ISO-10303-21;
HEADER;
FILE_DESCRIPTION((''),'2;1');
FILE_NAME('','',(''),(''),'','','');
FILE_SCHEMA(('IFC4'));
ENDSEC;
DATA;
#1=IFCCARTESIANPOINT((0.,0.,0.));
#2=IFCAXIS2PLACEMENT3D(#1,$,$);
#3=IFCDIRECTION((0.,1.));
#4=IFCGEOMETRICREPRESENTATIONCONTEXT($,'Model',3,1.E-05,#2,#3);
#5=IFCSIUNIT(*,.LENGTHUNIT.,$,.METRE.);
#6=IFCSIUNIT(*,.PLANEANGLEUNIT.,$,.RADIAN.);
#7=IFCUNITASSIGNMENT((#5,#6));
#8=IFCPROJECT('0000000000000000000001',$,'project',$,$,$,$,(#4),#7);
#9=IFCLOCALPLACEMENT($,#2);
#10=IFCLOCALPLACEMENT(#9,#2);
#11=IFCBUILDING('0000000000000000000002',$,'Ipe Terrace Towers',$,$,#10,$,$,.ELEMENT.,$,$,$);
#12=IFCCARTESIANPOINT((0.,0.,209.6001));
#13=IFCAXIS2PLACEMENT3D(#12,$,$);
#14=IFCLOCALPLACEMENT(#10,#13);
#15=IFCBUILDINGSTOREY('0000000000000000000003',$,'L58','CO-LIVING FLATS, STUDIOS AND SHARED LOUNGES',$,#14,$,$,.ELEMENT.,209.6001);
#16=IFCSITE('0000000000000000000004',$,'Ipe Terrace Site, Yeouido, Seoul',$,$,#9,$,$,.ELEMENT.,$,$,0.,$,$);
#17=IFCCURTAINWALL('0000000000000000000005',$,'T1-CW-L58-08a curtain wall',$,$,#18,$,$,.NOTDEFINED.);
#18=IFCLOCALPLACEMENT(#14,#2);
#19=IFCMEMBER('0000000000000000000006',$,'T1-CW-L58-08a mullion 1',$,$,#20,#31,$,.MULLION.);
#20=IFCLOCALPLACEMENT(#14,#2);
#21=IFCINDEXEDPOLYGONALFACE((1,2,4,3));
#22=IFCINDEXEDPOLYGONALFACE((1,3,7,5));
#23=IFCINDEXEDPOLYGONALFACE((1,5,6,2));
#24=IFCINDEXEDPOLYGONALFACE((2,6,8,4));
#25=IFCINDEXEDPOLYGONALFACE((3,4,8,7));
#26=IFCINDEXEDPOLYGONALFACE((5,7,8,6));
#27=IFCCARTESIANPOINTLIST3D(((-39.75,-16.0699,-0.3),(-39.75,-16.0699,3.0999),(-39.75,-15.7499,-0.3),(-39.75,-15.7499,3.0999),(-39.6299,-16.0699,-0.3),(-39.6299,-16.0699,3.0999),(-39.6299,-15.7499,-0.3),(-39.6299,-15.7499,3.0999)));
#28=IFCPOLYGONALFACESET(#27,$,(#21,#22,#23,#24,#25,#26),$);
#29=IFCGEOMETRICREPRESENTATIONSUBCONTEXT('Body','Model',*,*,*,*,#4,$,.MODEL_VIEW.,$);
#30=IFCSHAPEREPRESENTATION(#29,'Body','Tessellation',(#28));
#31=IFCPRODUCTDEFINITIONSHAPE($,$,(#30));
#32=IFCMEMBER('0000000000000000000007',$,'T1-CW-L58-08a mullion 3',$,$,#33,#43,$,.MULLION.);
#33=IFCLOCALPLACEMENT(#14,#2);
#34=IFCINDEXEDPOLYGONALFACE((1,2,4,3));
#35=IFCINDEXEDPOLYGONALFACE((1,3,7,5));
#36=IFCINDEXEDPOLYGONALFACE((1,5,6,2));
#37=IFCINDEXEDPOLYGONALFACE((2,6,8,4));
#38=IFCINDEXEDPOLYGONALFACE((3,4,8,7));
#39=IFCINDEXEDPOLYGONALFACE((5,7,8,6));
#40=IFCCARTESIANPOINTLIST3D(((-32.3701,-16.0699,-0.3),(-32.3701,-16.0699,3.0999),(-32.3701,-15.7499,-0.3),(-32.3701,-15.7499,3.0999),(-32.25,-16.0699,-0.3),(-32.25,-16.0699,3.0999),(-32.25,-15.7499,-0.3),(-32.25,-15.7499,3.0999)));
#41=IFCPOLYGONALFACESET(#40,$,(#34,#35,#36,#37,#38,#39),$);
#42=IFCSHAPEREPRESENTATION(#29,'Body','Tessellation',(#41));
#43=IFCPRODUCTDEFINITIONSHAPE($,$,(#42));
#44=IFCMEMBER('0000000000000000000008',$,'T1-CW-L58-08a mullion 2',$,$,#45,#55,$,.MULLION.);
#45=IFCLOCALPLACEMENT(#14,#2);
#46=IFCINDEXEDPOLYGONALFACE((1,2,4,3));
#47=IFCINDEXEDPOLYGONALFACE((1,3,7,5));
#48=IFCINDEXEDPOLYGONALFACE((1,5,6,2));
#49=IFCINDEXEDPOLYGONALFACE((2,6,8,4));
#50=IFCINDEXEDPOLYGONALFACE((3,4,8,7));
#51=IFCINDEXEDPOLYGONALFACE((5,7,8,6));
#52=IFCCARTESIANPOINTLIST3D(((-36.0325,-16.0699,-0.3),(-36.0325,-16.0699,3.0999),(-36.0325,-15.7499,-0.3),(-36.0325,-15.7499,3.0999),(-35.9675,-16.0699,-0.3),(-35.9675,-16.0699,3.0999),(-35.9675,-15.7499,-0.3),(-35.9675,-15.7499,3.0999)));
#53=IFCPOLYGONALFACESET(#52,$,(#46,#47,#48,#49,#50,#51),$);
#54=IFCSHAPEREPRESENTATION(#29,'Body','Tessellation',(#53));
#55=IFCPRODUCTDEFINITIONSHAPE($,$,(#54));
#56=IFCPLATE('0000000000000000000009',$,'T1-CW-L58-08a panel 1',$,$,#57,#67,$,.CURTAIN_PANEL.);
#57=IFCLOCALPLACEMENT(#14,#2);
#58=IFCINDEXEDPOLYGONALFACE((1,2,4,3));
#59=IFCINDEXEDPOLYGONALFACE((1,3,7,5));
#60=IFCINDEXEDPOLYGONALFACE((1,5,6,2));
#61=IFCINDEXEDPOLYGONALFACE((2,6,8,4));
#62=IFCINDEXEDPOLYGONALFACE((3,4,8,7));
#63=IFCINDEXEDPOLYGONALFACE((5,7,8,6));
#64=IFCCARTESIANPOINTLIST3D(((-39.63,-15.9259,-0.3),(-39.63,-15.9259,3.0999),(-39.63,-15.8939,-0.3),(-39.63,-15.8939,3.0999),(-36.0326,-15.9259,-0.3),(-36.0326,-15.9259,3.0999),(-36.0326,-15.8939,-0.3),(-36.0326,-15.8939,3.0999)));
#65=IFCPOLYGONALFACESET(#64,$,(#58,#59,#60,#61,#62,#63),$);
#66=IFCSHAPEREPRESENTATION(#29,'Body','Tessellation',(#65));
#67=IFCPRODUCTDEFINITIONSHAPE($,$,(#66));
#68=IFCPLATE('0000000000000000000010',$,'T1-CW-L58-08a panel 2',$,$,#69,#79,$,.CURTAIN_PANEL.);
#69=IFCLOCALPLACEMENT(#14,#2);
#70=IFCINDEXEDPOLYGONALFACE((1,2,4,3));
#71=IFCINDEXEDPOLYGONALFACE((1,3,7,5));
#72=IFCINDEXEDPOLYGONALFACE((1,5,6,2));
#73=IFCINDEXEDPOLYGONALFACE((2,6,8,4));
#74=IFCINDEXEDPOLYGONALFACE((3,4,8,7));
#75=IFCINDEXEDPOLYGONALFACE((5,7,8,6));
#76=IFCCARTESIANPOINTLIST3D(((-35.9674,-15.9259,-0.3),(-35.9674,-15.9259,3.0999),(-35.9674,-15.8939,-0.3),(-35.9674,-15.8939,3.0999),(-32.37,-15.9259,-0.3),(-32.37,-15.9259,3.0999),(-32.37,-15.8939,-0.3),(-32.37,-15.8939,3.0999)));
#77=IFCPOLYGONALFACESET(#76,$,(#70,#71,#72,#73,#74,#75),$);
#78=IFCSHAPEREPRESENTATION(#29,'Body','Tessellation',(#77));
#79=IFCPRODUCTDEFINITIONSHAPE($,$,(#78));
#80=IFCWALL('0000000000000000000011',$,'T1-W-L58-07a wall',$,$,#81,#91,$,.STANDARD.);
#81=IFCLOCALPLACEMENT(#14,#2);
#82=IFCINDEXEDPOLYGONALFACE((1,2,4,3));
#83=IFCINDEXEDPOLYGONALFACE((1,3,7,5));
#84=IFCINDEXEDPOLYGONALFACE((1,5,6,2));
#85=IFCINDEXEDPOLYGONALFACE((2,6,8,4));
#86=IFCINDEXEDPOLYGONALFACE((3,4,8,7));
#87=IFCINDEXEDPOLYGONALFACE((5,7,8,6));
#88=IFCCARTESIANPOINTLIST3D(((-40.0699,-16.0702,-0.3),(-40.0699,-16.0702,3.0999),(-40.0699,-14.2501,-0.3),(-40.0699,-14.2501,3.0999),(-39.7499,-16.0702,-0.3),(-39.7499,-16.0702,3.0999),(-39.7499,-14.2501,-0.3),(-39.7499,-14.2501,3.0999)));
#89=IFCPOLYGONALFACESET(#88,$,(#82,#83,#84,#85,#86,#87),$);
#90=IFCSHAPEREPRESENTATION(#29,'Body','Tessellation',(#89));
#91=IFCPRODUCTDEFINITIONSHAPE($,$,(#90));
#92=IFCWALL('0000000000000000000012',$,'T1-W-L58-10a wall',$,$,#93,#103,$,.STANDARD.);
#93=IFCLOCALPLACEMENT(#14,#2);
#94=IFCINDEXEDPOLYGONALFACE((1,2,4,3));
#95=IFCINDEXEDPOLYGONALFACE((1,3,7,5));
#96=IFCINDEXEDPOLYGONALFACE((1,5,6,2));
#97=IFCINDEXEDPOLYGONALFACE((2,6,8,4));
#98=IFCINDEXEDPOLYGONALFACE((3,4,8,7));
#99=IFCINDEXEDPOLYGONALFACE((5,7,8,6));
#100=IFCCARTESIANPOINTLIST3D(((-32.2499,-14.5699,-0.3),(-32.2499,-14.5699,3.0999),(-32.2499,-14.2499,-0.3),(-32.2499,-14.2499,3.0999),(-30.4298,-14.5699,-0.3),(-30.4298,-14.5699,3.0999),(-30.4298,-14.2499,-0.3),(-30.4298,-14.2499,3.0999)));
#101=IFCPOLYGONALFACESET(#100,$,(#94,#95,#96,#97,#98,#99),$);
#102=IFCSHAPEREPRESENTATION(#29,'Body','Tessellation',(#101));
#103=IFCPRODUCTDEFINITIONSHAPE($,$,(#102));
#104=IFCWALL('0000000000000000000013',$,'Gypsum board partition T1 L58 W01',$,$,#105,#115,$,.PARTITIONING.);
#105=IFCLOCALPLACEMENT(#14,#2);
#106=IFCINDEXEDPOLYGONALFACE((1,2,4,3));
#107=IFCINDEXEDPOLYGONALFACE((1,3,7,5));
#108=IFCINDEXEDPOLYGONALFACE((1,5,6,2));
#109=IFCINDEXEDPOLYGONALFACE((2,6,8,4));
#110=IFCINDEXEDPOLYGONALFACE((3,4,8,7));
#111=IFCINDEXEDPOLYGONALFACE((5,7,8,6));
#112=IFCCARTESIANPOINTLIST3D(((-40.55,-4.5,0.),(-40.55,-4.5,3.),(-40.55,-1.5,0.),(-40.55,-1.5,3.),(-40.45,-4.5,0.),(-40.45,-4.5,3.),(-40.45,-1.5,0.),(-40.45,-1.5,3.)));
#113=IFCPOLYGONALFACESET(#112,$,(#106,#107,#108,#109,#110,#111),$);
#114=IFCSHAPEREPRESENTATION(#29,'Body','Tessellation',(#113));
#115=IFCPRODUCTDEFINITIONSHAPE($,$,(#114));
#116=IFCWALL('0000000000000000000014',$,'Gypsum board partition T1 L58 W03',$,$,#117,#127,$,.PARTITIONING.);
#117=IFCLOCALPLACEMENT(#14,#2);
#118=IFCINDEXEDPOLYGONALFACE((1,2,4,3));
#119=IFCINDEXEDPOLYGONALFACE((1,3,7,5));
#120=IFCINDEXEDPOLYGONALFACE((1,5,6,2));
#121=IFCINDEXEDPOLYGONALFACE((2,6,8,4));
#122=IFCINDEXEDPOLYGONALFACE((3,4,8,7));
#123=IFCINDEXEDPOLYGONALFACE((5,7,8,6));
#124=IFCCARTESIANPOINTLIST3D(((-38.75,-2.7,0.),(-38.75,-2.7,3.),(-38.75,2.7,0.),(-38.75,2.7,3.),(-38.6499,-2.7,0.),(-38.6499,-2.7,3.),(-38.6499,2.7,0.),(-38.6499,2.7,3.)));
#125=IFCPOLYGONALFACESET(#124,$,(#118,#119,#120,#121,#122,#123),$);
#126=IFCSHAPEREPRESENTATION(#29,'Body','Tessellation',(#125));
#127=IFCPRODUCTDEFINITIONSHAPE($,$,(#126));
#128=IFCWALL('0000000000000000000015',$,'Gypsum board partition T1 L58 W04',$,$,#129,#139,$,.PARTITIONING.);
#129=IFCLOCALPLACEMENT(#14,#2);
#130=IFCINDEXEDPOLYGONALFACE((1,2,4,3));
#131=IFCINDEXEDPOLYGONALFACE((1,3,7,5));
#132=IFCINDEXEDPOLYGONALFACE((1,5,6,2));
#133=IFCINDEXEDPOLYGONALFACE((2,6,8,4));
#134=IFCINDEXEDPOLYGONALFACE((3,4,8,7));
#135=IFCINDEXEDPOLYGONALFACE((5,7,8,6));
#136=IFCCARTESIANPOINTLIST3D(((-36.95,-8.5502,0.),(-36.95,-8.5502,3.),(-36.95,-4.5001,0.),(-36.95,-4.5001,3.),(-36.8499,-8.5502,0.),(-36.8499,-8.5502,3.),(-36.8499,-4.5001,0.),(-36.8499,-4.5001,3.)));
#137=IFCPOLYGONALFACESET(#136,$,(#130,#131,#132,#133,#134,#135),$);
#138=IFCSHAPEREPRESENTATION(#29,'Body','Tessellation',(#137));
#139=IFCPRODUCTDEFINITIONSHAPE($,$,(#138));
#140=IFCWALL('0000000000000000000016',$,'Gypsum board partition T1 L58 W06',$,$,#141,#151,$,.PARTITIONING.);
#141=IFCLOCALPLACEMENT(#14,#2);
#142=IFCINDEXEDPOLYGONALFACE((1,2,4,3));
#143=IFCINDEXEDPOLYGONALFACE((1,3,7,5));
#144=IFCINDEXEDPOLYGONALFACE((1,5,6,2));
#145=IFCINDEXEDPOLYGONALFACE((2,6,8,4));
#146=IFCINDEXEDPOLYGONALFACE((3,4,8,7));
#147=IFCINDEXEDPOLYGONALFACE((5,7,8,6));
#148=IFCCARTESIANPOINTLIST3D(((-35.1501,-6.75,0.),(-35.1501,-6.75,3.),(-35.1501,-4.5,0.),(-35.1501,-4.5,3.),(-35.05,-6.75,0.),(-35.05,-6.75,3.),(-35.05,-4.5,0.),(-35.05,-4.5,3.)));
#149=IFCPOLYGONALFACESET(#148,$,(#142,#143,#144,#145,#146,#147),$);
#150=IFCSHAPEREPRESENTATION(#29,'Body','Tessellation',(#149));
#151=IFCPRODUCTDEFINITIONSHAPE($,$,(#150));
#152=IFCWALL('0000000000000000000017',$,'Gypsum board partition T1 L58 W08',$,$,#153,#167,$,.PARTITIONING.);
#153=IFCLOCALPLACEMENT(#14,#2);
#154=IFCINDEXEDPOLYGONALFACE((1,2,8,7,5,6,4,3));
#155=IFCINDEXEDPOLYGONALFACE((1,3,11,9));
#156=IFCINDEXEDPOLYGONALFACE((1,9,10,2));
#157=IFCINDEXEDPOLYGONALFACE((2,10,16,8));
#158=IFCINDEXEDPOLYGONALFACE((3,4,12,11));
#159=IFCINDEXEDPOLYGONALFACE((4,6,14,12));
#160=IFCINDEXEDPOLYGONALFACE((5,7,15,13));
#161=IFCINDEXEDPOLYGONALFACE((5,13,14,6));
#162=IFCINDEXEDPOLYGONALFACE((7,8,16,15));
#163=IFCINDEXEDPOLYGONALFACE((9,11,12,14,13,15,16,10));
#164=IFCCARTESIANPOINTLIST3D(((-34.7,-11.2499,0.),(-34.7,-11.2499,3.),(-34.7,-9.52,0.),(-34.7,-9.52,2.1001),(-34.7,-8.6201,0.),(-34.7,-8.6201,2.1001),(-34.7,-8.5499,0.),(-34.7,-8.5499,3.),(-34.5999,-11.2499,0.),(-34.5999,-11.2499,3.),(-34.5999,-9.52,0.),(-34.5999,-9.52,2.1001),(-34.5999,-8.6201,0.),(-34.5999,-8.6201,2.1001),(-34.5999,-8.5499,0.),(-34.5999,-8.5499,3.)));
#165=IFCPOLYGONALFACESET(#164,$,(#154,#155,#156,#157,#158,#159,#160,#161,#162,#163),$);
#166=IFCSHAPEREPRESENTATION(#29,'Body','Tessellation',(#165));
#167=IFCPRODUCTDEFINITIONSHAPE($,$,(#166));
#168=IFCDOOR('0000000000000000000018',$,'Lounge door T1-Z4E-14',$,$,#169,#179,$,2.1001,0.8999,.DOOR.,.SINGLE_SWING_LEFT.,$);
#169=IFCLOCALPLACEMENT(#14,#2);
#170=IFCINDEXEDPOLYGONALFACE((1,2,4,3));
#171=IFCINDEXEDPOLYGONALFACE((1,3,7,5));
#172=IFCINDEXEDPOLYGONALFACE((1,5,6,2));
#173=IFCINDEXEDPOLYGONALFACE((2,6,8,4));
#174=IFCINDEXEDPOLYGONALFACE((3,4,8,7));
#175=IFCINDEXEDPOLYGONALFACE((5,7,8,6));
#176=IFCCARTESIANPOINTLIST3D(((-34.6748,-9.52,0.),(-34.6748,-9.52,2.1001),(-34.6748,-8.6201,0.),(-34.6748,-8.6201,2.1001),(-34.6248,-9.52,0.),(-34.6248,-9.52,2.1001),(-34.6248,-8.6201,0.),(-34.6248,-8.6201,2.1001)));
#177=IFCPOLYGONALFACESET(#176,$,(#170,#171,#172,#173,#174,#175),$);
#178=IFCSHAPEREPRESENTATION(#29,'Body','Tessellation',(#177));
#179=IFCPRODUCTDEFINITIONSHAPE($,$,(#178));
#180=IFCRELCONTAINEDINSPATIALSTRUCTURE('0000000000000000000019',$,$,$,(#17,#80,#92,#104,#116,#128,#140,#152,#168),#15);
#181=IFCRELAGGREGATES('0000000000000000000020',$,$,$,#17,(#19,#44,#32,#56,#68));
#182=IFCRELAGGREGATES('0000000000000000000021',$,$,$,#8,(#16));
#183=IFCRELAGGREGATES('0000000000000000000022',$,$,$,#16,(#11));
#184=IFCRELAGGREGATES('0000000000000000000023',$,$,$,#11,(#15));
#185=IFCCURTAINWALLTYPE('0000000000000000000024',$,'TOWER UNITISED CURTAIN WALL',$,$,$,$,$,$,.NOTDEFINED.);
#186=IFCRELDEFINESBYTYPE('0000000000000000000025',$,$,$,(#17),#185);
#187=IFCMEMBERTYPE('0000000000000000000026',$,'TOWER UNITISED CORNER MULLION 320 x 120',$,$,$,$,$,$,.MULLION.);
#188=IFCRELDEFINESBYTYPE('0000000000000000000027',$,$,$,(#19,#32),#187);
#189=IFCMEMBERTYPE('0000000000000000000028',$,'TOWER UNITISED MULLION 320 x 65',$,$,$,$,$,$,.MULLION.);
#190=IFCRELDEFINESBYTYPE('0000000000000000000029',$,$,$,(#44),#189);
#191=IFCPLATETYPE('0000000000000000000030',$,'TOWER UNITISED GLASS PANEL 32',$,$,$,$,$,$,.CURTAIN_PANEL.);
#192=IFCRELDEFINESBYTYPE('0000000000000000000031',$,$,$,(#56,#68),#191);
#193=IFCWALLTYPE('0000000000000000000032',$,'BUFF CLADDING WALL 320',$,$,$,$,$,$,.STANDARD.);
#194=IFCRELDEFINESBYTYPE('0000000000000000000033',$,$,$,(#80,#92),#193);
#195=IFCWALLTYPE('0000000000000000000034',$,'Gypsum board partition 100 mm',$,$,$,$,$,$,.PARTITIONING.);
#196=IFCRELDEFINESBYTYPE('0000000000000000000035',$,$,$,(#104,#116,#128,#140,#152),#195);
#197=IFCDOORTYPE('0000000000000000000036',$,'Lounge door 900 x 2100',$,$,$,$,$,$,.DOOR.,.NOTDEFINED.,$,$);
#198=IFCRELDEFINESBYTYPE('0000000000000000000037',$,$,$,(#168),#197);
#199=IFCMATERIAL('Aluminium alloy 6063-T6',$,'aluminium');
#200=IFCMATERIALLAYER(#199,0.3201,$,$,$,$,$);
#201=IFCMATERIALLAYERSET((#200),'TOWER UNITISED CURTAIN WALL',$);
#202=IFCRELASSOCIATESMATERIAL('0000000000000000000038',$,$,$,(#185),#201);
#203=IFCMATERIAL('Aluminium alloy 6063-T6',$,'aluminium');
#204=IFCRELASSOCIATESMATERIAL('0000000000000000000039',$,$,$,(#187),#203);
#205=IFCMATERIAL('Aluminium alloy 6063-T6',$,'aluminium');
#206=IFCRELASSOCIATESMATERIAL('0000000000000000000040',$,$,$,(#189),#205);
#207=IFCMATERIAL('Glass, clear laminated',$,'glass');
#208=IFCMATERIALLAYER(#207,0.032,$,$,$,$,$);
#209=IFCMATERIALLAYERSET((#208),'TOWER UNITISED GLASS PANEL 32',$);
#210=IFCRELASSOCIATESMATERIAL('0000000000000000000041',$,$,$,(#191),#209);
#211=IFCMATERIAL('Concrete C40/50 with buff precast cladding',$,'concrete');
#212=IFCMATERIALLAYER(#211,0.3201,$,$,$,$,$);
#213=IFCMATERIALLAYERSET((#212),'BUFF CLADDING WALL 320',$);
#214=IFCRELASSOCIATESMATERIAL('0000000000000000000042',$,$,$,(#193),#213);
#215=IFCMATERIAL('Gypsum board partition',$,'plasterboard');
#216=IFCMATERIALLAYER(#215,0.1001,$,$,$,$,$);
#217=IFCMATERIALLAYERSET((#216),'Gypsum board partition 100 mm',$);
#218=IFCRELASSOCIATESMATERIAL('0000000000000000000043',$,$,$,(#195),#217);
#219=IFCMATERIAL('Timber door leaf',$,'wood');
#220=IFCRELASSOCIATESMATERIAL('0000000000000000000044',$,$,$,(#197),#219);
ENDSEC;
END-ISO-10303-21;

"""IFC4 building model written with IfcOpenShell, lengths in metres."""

from ifc_helpers import new_model, si_unit, direction, frame, frame_2d, origin, origin_2d, place, context, subcontext, project, spatial, rectangle, extrude, material, layer, layer_set, material_profile, profile_set, type_object, element, fill, aggregate, save


model = new_model("IFC4")

# Units and contexts
model_context = context("Model", 3, precision=1e-05, world=origin(), true_north=direction((0.0, 1.0)))
body_context = subcontext(model_context, "Body", "Model", "MODEL_VIEW")
ifc_project = project(units=[si_unit("LENGTHUNIT", "METRE"), si_unit("PLANEANGLEUNIT", "RADIAN")], contexts=[model_context])

# Site, building, storey
site_placement = place(None, origin())
site = spatial("IfcSite", under=ifc_project, at=site_placement, Name="Ipe Terrace Site, Yeouido, Seoul", CompositionType="ELEMENT", RefElevation=0.0)
building_placement = place(site_placement, origin())
building = spatial("IfcBuilding", under=site, at=building_placement, Name="Ipe Terrace Towers", CompositionType="ELEMENT")
storey_placement = place(building_placement, frame((0.0, 0.0, 209.6001)))
storey = spatial("IfcBuildingStorey", under=building, at=storey_placement, Name="L58", Description="CO-LIVING FLATS, STUDIOS AND SHARED LOUNGES", CompositionType="ELEMENT", Elevation=209.6001)

# Curtain wall, members, plates
ifc_material_1 = material(Name="Aluminium alloy 6063-T6", Category="aluminium")
ifc_layer_1 = layer(ifc_material_1, 0.3201)
ifc_layer_set_1 = layer_set([ifc_layer_1], Name="TOWER UNITISED CURTAIN WALL")
curtain_wall_type = type_object("IfcCurtainWallType", Name="TOWER UNITISED CURTAIN WALL", PredefinedType="NOTDEFINED", material=ifc_layer_set_1)
curtain_wall_placement = place(storey_placement, origin())
curtain_wall = element("IfcCurtainWall", 1, at=curtain_wall_placement, inside=storey, type_object=curtain_wall_type, Name="T1-CW-L58-08a curtain wall", PredefinedType="NOTDEFINED")
ifc_material_2 = material(Name="Aluminium alloy 6063-T6", Category="aluminium")
ifc_material_profile_1 = material_profile(ifc_material_2, rectangle(XDim=0.3201, YDim=0.1201, at=origin_2d()), Name="TOWER UNITISED CORNER MULLION 320 x 120")
ifc_profile_set_1 = profile_set([ifc_material_profile_1], Name="Aluminium alloy 6063-T6")
member_type_1 = type_object("IfcMemberType", Name="TOWER UNITISED CORNER MULLION 320 x 120", PredefinedType="MULLION", material=ifc_profile_set_1)
member_1_placement = place(storey_placement, frame((-39.6899, -15.9099, -0.3), z_axis=(0.0, 0.0, 1.0), x_axis=(0.0, -1.0, 0.0)))
member_1 = element("IfcMember", 2, at=member_1_placement, type_object=member_type_1, Name="T1-CW-L58-08a mullion 1", PredefinedType="MULLION", context=body_context, shape_type="SweptSolid", body=[
    extrude(rectangle(XDim=0.3201, YDim=0.1201, at=origin_2d()), origin(), (0.0, 0.0, 1.0), 3.3999),
])
member_2_placement = place(storey_placement, frame((-32.3101, -15.9099, -0.3), z_axis=(0.0, 0.0, 1.0), x_axis=(0.0, -1.0, 0.0)))
member_2 = element("IfcMember", 3, at=member_2_placement, type_object=member_type_1, Name="T1-CW-L58-08a mullion 3", PredefinedType="MULLION", context=body_context, shape_type="SweptSolid", body=[
    extrude(rectangle(XDim=0.3201, YDim=0.1201, at=origin_2d()), origin(), (0.0, 0.0, 1.0), 3.3999),
])
ifc_material_3 = material(Name="Aluminium alloy 6063-T6", Category="aluminium")
ifc_material_profile_2 = material_profile(ifc_material_3, rectangle(XDim=0.3201, YDim=0.0649, at=origin_2d()), Name="TOWER UNITISED MULLION 320 x 65")
ifc_profile_set_2 = profile_set([ifc_material_profile_2], Name="Aluminium alloy 6063-T6")
member_type_2 = type_object("IfcMemberType", Name="TOWER UNITISED MULLION 320 x 65", PredefinedType="MULLION", material=ifc_profile_set_2)
member_3_placement = place(storey_placement, frame((-36.0, -15.9099, -0.3), z_axis=(0.0, 0.0, 1.0), x_axis=(0.0, -1.0, 0.0)))
member_3 = element("IfcMember", 4, at=member_3_placement, type_object=member_type_2, Name="T1-CW-L58-08a mullion 2", PredefinedType="MULLION", context=body_context, shape_type="SweptSolid", body=[
    extrude(rectangle(XDim=0.3201, YDim=0.0649, at=origin_2d()), origin(), (0.0, 0.0, 1.0), 3.3999),
])
ifc_material_4 = material(Name="Glass, clear laminated", Category="glass")
ifc_layer_2 = layer(ifc_material_4, 0.032)
ifc_layer_set_2 = layer_set([ifc_layer_2], Name="TOWER UNITISED GLASS PANEL 32")
plate_type = type_object("IfcPlateType", Name="TOWER UNITISED GLASS PANEL 32", PredefinedType="CURTAIN_PANEL", material=ifc_layer_set_2)
plate_1_placement = place(storey_placement, frame((-37.8313, -15.9099, -0.3), z_axis=(0.0, 0.0, 1.0), x_axis=(1.0, 0.0, 0.0)))
plate_1 = element("IfcPlate", 5, at=plate_1_placement, type_object=plate_type, Name="T1-CW-L58-08a panel 1", PredefinedType="CURTAIN_PANEL", context=body_context, shape_type="SweptSolid", body=[
    extrude(rectangle(XDim=3.5974, YDim=0.032, at=origin_2d()), origin(), (0.0, 0.0, 1.0), 3.3999),
])
plate_2_placement = place(storey_placement, frame((-34.1687, -15.9099, -0.3), z_axis=(0.0, 0.0, 1.0), x_axis=(1.0, 0.0, 0.0)))
plate_2 = element("IfcPlate", 6, at=plate_2_placement, type_object=plate_type, Name="T1-CW-L58-08a panel 2", PredefinedType="CURTAIN_PANEL", context=body_context, shape_type="SweptSolid", body=[
    extrude(rectangle(XDim=3.5974, YDim=0.032, at=origin_2d()), origin(), (0.0, 0.0, 1.0), 3.3999),
])
aggregate(curtain_wall, [member_1, member_3, member_2, plate_1, plate_2])

# Walls
ifc_material_5 = material(Name="Concrete C40/50 with buff precast cladding", Category="concrete")
ifc_layer_3 = layer(ifc_material_5, 0.3201)
ifc_layer_set_3 = layer_set([ifc_layer_3], Name="BUFF CLADDING WALL 320")
wall_type_1 = type_object("IfcWallType", Name="BUFF CLADDING WALL 320", PredefinedType="STANDARD", material=ifc_layer_set_3)
for number, where, z_axis, x_axis, name in (
    (7, (-39.9099, -14.25, -0.3), (0.0, 0.0, 1.0), (0.0, -1.0, 0.0), "T1-W-L58-07a wall"),
    (8, (-32.25, -14.4099, -0.3), (0.0, 0.0, 1.0), (1.0, 0.0, 0.0), "T1-W-L58-10a wall"),
):
    element("IfcWall", number, at=place(storey_placement, frame(where, z_axis=z_axis, x_axis=x_axis)), inside=storey, type_object=wall_type_1, Name=name, PredefinedType="STANDARD", context=body_context, shape_type="SweptSolid", body=[
        extrude(rectangle(XDim=1.8201, YDim=0.3201, at=frame_2d((0.9102, 0.0))), origin(), (0.0, 0.0, 1.0), 3.3999),
    ])
ifc_material_6 = material(Name="Gypsum board partition", Category="plasterboard")
ifc_layer_4 = layer(ifc_material_6, 0.1001)
ifc_layer_set_4 = layer_set([ifc_layer_4], Name="Gypsum board partition 100 mm")
wall_type_2 = type_object("IfcWallType", Name="Gypsum board partition 100 mm", PredefinedType="PARTITIONING", material=ifc_layer_set_4)
wall_1_placement = place(storey_placement, frame((-40.5, -4.5, 0.0), z_axis=(0.0, 0.0, 1.0), x_axis=(0.0, 1.0, 0.0)))
element("IfcWall", 9, at=wall_1_placement, inside=storey, type_object=wall_type_2, Name="Gypsum board partition T1 L58 W01", PredefinedType="PARTITIONING", context=body_context, shape_type="SweptSolid", body=[
    extrude(rectangle(XDim=3.0, YDim=0.1001, at=frame_2d((1.5, 0.0))), origin(), (0.0, 0.0, 1.0), 3.0),
])
wall_2_placement = place(storey_placement, frame((-38.7, -2.7, 0.0), z_axis=(0.0, 0.0, 1.0), x_axis=(0.0, 1.0, 0.0)))
element("IfcWall", 10, at=wall_2_placement, inside=storey, type_object=wall_type_2, Name="Gypsum board partition T1 L58 W03", PredefinedType="PARTITIONING", context=body_context, shape_type="SweptSolid", body=[
    extrude(rectangle(XDim=5.3999, YDim=0.1001, at=frame_2d((2.7, 0.0))), origin(), (0.0, 0.0, 1.0), 3.0),
])
wall_3_placement = place(storey_placement, frame((-36.8999, -8.55, 0.0), z_axis=(0.0, 0.0, 1.0), x_axis=(0.0, 1.0, 0.0)))
element("IfcWall", 11, at=wall_3_placement, inside=storey, type_object=wall_type_2, Name="Gypsum board partition T1 L58 W04", PredefinedType="PARTITIONING", context=body_context, shape_type="SweptSolid", body=[
    extrude(rectangle(XDim=4.05, YDim=0.1001, at=frame_2d((2.0249, 0.0))), origin(), (0.0, 0.0, 1.0), 3.0),
])
wall_4_placement = place(storey_placement, frame((-35.1001, -6.75, 0.0), z_axis=(0.0, 0.0, 1.0), x_axis=(0.0, 1.0, 0.0)))
element("IfcWall", 12, at=wall_4_placement, inside=storey, type_object=wall_type_2, Name="Gypsum board partition T1 L58 W06", PredefinedType="PARTITIONING", context=body_context, shape_type="SweptSolid", body=[
    extrude(rectangle(XDim=2.25, YDim=0.1001, at=frame_2d((1.125, 0.0))), origin(), (0.0, 0.0, 1.0), 3.0),
])

# Wall, opening, door
wall_5_placement = place(storey_placement, frame((-34.6499, -11.25, 0.0), z_axis=(0.0, 0.0, 1.0), x_axis=(0.0, 1.0, 0.0)))
wall_5 = element("IfcWall", 13, at=wall_5_placement, inside=storey, type_object=wall_type_2, Name="Gypsum board partition T1 L58 W08", PredefinedType="PARTITIONING", context=body_context, shape_type="SweptSolid", body=[
    extrude(rectangle(XDim=2.7, YDim=0.1001, at=frame_2d((1.3501, 0.0))), origin(), (0.0, 0.0, 1.0), 3.0),
])
opening_1_placement = place(wall_5_placement, frame((1.73, 0.0, 0.0)))
opening_1 = element("IfcOpeningElement", 14, at=opening_1_placement, cuts=wall_5, PredefinedType="OPENING", context=body_context, shape_type="SweptSolid", body=[
    extrude(rectangle(XDim=0.8999, YDim=2.1001, at=frame_2d((0.45, 1.05))), frame((0.0, 0.0601, 0.0), z_axis=(0.0, -1.0, 0.0), x_axis=(1.0, 0.0, 0.0)), (0.0, 0.0, 1.0), 0.1201),
])
ifc_material_7 = material(Name="Timber door leaf", Category="wood")
door_type = type_object("IfcDoorType", Name="Lounge door 900 x 2100", OperationType="NOTDEFINED", PredefinedType="DOOR", material=ifc_material_7)
door_1_placement = place(opening_1_placement, origin())
door_1 = element("IfcDoor", 15, at=door_1_placement, inside=storey, type_object=door_type, Name="Lounge door T1-Z4E-14", OperationType="SINGLE_SWING_LEFT", OverallHeight=2.1001, OverallWidth=0.8999, PredefinedType="DOOR", context=body_context, shape_type="SweptSolid", body=[
    extrude(rectangle(XDim=0.8999, YDim=2.1001, at=frame_2d((0.45, 1.05))), frame((0.0, 0.0249, 0.0), z_axis=(0.0, -1.0, 0.0), x_axis=(1.0, 0.0, 0.0)), (0.0, 0.0, 1.0), 0.05),
])
fill(opening_1, door_1)

save(model, "model.ifc")
